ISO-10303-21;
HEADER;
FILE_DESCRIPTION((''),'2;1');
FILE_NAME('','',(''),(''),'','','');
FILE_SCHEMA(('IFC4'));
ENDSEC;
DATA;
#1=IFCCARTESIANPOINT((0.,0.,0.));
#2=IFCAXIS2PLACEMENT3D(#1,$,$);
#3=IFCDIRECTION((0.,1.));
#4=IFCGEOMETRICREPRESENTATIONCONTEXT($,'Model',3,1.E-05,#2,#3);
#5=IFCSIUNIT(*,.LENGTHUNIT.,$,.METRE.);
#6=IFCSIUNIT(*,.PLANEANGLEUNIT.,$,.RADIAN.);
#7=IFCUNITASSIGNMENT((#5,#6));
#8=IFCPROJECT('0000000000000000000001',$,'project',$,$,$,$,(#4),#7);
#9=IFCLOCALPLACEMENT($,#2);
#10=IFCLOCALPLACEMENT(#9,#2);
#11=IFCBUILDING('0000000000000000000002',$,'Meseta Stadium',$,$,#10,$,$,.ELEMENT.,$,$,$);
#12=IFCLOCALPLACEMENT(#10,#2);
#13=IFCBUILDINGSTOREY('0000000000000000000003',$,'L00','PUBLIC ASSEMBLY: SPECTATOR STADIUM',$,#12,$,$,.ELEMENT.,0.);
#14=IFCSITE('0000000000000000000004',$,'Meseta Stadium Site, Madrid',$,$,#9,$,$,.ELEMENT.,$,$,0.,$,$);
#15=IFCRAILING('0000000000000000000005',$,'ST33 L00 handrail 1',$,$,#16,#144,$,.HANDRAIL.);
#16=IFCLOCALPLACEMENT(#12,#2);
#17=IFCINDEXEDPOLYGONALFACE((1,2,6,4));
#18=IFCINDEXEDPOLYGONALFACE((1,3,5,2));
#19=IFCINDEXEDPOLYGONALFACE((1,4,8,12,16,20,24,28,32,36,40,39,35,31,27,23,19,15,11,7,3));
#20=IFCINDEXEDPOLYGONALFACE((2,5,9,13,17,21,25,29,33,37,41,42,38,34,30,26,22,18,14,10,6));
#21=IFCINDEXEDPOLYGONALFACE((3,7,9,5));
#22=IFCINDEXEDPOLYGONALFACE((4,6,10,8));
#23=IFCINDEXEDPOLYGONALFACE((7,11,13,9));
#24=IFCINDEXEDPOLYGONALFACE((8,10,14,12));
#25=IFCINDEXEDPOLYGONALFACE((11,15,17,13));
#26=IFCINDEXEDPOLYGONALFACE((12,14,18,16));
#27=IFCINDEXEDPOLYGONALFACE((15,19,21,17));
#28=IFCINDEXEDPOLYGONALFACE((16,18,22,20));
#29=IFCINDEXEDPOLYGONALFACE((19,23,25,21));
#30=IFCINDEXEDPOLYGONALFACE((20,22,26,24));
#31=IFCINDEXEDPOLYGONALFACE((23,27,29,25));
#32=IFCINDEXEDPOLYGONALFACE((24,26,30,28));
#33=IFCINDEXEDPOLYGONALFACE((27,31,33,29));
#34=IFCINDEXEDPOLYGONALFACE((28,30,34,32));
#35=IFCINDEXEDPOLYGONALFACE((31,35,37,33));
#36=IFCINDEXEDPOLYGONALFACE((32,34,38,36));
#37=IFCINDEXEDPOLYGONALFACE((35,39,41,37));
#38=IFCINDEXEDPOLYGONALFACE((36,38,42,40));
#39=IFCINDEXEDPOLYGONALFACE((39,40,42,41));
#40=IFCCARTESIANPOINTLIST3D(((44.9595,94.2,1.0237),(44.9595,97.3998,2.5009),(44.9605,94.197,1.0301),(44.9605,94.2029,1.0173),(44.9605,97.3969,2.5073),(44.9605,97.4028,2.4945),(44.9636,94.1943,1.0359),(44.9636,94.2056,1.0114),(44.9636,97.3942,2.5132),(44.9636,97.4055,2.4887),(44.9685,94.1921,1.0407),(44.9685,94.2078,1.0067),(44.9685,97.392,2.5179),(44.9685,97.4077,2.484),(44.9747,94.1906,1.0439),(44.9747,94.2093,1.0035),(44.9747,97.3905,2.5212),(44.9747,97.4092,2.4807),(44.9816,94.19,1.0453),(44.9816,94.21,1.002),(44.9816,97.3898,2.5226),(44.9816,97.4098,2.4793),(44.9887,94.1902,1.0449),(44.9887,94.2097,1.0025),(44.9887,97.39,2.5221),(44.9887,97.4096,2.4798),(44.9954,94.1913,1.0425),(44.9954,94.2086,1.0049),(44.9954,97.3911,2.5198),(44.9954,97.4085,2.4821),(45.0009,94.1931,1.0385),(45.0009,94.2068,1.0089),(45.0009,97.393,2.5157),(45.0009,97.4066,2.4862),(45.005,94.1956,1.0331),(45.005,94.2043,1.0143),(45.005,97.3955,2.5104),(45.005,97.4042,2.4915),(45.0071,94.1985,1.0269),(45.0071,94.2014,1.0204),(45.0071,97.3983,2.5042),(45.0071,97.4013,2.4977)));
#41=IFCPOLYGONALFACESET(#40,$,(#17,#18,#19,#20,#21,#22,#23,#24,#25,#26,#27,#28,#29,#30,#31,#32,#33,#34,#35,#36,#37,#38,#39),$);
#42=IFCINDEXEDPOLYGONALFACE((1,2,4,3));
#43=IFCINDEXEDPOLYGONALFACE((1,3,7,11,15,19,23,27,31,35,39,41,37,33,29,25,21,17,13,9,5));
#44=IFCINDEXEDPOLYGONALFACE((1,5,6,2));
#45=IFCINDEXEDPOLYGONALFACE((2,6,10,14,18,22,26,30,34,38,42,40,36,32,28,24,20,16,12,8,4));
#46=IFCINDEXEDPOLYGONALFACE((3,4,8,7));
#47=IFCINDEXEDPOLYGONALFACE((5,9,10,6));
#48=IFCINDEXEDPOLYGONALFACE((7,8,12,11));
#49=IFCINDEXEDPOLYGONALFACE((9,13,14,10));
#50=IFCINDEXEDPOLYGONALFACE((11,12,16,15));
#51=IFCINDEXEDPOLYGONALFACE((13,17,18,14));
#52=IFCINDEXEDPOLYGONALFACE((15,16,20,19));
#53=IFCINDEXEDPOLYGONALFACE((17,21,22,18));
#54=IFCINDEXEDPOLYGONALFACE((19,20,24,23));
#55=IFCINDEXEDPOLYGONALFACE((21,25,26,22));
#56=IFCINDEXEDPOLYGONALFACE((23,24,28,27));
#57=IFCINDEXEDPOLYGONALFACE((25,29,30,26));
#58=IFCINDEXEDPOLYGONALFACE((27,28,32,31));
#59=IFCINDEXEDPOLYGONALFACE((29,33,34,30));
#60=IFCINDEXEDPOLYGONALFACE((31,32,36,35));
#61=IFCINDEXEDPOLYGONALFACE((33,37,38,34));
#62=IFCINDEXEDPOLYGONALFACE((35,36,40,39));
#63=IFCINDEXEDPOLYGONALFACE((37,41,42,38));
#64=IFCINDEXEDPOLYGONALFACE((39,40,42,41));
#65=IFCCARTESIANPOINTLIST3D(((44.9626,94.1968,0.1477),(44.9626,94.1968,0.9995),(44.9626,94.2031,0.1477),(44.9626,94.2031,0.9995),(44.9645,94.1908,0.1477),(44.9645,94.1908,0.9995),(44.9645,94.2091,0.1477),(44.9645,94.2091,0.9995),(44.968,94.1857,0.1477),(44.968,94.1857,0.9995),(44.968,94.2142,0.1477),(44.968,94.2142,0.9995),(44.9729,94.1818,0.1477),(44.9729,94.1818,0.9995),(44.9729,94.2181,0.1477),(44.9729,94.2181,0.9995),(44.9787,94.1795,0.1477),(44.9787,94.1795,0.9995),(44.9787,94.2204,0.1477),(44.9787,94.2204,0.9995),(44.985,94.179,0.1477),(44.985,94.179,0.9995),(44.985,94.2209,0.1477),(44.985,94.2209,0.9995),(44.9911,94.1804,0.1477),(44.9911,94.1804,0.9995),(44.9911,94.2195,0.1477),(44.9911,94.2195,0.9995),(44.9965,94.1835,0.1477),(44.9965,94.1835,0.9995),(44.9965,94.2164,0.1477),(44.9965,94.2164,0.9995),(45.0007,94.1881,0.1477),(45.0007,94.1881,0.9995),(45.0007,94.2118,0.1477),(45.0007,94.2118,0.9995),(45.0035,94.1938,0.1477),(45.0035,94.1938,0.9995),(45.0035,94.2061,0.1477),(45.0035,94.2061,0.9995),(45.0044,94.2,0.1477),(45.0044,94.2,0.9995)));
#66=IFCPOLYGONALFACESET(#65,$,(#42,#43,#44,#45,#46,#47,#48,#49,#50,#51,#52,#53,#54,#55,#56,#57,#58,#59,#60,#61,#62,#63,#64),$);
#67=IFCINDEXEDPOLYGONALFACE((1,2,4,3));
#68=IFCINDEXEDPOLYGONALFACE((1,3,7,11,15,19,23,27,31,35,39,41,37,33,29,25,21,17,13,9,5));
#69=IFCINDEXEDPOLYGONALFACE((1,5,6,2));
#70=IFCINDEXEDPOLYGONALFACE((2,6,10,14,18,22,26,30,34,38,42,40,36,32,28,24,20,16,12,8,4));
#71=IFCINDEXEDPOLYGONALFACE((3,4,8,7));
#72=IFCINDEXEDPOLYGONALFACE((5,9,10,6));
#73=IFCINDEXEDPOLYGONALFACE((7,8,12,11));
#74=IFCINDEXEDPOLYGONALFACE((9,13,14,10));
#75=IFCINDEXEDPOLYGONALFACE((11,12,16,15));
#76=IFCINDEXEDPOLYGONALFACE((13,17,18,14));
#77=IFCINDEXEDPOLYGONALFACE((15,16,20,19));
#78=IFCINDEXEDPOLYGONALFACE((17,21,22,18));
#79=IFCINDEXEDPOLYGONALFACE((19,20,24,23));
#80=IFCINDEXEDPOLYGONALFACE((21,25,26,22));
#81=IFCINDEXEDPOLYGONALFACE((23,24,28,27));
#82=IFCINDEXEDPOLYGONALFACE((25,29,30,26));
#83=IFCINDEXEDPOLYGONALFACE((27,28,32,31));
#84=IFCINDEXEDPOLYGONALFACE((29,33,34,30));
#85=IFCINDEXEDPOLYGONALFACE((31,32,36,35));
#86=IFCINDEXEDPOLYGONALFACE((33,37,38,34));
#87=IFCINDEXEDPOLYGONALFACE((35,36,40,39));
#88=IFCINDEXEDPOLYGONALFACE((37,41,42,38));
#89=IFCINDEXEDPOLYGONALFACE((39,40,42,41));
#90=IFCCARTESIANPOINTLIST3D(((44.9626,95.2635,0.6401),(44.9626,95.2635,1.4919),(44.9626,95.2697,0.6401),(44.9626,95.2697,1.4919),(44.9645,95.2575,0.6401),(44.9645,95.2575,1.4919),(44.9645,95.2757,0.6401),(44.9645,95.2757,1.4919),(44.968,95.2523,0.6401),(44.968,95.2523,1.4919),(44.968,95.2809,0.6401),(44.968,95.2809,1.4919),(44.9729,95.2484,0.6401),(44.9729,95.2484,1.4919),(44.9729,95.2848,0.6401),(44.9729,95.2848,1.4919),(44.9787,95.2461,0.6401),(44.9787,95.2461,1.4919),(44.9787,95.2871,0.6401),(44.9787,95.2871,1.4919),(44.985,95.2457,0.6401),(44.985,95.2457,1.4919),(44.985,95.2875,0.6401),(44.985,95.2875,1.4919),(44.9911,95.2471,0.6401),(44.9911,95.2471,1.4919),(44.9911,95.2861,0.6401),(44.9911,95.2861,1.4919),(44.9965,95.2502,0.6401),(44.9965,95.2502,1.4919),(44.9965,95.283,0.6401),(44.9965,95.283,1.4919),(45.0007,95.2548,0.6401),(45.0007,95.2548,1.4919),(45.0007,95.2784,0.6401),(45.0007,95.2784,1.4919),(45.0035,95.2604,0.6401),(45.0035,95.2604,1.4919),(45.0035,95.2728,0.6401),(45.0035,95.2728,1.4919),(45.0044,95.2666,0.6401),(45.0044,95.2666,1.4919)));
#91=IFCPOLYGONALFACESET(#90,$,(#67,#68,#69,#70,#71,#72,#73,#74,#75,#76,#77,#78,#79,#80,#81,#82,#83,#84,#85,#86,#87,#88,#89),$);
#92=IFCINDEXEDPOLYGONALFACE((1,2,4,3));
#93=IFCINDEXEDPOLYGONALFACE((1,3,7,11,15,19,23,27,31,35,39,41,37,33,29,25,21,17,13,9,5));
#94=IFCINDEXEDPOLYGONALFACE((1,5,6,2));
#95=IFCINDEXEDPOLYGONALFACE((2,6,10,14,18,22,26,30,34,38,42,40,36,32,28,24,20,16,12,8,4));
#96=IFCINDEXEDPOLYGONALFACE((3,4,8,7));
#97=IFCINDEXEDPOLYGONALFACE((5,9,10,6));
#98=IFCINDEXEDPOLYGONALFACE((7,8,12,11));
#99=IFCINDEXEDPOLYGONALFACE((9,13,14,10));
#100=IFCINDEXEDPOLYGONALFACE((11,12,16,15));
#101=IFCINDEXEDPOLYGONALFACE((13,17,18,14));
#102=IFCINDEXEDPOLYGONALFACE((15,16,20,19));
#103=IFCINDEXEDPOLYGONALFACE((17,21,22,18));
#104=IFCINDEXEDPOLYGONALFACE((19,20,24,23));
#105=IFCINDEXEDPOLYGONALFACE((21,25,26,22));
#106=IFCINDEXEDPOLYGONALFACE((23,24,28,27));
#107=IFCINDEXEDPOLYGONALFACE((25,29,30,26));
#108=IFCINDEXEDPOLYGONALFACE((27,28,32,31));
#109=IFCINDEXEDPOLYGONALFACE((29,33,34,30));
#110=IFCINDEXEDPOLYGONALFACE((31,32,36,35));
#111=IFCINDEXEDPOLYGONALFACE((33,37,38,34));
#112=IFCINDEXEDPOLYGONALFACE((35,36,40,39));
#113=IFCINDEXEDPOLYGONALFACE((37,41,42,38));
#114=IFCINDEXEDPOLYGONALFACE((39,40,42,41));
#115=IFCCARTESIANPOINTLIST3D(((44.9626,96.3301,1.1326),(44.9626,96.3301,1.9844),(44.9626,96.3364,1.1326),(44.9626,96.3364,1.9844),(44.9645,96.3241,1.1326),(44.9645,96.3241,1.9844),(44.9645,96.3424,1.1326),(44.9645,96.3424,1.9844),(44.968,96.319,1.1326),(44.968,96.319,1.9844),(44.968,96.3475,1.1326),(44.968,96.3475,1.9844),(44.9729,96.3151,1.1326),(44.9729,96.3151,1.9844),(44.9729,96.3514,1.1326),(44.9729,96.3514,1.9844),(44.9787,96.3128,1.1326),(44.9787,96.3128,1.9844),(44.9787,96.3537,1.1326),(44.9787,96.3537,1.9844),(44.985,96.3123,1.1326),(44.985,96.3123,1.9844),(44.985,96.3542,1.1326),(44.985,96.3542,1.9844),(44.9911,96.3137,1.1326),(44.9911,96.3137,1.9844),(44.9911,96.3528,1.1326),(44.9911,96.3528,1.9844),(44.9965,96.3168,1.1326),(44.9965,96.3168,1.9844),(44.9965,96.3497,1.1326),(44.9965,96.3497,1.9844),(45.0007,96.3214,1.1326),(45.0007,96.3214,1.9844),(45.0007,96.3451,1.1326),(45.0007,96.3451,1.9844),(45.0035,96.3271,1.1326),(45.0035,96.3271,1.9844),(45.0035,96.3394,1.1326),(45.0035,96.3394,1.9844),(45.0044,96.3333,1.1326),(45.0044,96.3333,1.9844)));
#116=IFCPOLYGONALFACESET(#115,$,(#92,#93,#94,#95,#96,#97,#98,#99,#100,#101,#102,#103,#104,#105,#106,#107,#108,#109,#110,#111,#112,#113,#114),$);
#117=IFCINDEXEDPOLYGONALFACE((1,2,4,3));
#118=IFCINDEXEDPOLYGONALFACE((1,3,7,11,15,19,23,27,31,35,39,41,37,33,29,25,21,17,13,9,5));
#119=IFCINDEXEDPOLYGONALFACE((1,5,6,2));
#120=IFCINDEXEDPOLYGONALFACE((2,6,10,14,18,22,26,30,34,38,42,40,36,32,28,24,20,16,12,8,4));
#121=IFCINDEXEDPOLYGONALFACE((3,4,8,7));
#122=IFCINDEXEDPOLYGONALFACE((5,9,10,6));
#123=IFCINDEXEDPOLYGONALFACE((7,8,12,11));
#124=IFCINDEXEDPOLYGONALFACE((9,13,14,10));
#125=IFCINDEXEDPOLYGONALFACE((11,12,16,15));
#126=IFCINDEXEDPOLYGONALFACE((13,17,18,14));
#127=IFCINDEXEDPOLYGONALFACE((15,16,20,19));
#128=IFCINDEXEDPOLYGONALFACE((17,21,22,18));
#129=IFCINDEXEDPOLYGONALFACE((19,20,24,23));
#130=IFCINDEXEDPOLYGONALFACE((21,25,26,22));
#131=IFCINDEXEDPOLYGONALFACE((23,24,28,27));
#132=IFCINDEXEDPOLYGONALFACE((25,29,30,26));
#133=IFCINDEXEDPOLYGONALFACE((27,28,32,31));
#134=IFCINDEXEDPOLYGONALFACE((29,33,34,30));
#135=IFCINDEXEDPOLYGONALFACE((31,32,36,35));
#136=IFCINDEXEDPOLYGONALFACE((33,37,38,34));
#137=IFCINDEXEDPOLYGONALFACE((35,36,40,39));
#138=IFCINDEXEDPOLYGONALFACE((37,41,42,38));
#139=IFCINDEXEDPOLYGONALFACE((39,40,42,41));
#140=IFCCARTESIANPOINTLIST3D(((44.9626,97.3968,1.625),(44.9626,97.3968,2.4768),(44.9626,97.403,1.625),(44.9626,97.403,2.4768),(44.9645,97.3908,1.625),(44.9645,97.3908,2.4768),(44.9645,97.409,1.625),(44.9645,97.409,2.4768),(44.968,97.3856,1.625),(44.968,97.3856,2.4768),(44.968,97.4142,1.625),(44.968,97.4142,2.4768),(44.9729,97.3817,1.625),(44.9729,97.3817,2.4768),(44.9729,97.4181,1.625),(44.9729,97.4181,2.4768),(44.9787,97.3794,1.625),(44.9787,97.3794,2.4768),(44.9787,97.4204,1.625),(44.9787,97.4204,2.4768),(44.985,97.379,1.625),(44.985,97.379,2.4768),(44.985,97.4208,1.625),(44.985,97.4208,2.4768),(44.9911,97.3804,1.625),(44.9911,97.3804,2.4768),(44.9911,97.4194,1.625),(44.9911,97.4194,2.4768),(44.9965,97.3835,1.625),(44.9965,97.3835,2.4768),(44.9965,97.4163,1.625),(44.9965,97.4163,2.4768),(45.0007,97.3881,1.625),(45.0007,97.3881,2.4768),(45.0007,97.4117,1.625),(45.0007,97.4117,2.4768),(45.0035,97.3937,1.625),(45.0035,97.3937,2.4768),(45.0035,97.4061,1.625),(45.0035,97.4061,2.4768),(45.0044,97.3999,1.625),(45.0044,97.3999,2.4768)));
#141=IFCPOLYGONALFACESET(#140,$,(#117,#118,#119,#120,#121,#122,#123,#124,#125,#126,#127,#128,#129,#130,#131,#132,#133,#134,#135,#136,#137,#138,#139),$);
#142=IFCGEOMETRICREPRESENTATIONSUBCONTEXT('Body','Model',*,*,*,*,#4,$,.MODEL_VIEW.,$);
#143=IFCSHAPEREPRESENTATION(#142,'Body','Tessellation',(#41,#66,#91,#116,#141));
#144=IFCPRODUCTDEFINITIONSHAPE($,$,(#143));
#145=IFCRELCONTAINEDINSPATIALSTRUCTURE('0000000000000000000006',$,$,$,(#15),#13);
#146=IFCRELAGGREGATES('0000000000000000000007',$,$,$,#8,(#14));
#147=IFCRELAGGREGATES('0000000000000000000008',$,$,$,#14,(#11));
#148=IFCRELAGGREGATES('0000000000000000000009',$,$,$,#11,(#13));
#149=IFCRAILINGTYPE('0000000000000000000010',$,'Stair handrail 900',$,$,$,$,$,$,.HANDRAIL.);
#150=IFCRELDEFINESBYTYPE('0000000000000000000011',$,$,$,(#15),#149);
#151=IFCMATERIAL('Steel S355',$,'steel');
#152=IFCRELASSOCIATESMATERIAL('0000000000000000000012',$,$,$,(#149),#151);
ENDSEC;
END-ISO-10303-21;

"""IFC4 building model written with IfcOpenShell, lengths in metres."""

from ifc_helpers import new_model, si_unit, direction, frame, origin, origin_2d, place, context, subcontext, project, spatial, circle, extrude, material, type_object, element, save


model = new_model("IFC4")

# Units and contexts
model_context = context("Model", 3, precision=1e-05, world=origin(), true_north=direction((0.0, 1.0)))
body_context = subcontext(model_context, "Body", "Model", "MODEL_VIEW")
ifc_project = project(units=[si_unit("LENGTHUNIT", "METRE"), si_unit("PLANEANGLEUNIT", "RADIAN")], contexts=[model_context])

# Site, building, storey
site_placement = place(None, origin())
site = spatial("IfcSite", under=ifc_project, at=site_placement, Name="Meseta Stadium Site, Madrid", CompositionType="ELEMENT", RefElevation=0.0)
building_placement = place(site_placement, origin())
building = spatial("IfcBuilding", under=site, at=building_placement, Name="Meseta Stadium", CompositionType="ELEMENT")
storey_placement = place(building_placement, origin())
storey = spatial("IfcBuildingStorey", under=building, at=storey_placement, Name="L00", Description="PUBLIC ASSEMBLY: SPECTATOR STADIUM", CompositionType="ELEMENT", Elevation=0.0)

# Railing
ifc_material_1 = material(Name="Steel S355", Category="steel")
railing_type_1 = type_object("IfcRailingType", Name="Stair handrail 900", PredefinedType="HANDRAIL", material=ifc_material_1)
for number, where, name in (
    (1, (44.9834, 94.2, 0.1477), "ST33 L00 handrail 1"),
):
    element("IfcRailing", number, at=place(storey_placement, frame(where)), inside=storey, type_object=railing_type_1, Name=name, PredefinedType="HANDRAIL", context=body_context, shape_type="SweptSolid", body=[
        extrude(circle(Radius=0.0239, at=origin_2d()), frame((0.0, 0.0, 0.876), z_axis=(0.0, 0.907917, 0.41915), x_axis=(-1.0, 0.0, 0.0)), (0.0, 0.0, 1.0), 3.5244),
        extrude(circle(Radius=0.021, at=origin_2d()), origin(), (0.0, 0.0, 1.0), 0.8518),
        extrude(circle(Radius=0.021, at=origin_2d()), frame((0.0, 1.0667, 0.4924)), (0.0, 0.0, 1.0), 0.8518),
        extrude(circle(Radius=0.021, at=origin_2d()), frame((0.0, 2.1333, 0.9849)), (0.0, 0.0, 1.0), 0.8518),
        extrude(circle(Radius=0.021, at=origin_2d()), frame((0.0, 3.2, 1.4773)), (0.0, 0.0, 1.0), 0.8518),
    ])

save(model, "model.ifc")
